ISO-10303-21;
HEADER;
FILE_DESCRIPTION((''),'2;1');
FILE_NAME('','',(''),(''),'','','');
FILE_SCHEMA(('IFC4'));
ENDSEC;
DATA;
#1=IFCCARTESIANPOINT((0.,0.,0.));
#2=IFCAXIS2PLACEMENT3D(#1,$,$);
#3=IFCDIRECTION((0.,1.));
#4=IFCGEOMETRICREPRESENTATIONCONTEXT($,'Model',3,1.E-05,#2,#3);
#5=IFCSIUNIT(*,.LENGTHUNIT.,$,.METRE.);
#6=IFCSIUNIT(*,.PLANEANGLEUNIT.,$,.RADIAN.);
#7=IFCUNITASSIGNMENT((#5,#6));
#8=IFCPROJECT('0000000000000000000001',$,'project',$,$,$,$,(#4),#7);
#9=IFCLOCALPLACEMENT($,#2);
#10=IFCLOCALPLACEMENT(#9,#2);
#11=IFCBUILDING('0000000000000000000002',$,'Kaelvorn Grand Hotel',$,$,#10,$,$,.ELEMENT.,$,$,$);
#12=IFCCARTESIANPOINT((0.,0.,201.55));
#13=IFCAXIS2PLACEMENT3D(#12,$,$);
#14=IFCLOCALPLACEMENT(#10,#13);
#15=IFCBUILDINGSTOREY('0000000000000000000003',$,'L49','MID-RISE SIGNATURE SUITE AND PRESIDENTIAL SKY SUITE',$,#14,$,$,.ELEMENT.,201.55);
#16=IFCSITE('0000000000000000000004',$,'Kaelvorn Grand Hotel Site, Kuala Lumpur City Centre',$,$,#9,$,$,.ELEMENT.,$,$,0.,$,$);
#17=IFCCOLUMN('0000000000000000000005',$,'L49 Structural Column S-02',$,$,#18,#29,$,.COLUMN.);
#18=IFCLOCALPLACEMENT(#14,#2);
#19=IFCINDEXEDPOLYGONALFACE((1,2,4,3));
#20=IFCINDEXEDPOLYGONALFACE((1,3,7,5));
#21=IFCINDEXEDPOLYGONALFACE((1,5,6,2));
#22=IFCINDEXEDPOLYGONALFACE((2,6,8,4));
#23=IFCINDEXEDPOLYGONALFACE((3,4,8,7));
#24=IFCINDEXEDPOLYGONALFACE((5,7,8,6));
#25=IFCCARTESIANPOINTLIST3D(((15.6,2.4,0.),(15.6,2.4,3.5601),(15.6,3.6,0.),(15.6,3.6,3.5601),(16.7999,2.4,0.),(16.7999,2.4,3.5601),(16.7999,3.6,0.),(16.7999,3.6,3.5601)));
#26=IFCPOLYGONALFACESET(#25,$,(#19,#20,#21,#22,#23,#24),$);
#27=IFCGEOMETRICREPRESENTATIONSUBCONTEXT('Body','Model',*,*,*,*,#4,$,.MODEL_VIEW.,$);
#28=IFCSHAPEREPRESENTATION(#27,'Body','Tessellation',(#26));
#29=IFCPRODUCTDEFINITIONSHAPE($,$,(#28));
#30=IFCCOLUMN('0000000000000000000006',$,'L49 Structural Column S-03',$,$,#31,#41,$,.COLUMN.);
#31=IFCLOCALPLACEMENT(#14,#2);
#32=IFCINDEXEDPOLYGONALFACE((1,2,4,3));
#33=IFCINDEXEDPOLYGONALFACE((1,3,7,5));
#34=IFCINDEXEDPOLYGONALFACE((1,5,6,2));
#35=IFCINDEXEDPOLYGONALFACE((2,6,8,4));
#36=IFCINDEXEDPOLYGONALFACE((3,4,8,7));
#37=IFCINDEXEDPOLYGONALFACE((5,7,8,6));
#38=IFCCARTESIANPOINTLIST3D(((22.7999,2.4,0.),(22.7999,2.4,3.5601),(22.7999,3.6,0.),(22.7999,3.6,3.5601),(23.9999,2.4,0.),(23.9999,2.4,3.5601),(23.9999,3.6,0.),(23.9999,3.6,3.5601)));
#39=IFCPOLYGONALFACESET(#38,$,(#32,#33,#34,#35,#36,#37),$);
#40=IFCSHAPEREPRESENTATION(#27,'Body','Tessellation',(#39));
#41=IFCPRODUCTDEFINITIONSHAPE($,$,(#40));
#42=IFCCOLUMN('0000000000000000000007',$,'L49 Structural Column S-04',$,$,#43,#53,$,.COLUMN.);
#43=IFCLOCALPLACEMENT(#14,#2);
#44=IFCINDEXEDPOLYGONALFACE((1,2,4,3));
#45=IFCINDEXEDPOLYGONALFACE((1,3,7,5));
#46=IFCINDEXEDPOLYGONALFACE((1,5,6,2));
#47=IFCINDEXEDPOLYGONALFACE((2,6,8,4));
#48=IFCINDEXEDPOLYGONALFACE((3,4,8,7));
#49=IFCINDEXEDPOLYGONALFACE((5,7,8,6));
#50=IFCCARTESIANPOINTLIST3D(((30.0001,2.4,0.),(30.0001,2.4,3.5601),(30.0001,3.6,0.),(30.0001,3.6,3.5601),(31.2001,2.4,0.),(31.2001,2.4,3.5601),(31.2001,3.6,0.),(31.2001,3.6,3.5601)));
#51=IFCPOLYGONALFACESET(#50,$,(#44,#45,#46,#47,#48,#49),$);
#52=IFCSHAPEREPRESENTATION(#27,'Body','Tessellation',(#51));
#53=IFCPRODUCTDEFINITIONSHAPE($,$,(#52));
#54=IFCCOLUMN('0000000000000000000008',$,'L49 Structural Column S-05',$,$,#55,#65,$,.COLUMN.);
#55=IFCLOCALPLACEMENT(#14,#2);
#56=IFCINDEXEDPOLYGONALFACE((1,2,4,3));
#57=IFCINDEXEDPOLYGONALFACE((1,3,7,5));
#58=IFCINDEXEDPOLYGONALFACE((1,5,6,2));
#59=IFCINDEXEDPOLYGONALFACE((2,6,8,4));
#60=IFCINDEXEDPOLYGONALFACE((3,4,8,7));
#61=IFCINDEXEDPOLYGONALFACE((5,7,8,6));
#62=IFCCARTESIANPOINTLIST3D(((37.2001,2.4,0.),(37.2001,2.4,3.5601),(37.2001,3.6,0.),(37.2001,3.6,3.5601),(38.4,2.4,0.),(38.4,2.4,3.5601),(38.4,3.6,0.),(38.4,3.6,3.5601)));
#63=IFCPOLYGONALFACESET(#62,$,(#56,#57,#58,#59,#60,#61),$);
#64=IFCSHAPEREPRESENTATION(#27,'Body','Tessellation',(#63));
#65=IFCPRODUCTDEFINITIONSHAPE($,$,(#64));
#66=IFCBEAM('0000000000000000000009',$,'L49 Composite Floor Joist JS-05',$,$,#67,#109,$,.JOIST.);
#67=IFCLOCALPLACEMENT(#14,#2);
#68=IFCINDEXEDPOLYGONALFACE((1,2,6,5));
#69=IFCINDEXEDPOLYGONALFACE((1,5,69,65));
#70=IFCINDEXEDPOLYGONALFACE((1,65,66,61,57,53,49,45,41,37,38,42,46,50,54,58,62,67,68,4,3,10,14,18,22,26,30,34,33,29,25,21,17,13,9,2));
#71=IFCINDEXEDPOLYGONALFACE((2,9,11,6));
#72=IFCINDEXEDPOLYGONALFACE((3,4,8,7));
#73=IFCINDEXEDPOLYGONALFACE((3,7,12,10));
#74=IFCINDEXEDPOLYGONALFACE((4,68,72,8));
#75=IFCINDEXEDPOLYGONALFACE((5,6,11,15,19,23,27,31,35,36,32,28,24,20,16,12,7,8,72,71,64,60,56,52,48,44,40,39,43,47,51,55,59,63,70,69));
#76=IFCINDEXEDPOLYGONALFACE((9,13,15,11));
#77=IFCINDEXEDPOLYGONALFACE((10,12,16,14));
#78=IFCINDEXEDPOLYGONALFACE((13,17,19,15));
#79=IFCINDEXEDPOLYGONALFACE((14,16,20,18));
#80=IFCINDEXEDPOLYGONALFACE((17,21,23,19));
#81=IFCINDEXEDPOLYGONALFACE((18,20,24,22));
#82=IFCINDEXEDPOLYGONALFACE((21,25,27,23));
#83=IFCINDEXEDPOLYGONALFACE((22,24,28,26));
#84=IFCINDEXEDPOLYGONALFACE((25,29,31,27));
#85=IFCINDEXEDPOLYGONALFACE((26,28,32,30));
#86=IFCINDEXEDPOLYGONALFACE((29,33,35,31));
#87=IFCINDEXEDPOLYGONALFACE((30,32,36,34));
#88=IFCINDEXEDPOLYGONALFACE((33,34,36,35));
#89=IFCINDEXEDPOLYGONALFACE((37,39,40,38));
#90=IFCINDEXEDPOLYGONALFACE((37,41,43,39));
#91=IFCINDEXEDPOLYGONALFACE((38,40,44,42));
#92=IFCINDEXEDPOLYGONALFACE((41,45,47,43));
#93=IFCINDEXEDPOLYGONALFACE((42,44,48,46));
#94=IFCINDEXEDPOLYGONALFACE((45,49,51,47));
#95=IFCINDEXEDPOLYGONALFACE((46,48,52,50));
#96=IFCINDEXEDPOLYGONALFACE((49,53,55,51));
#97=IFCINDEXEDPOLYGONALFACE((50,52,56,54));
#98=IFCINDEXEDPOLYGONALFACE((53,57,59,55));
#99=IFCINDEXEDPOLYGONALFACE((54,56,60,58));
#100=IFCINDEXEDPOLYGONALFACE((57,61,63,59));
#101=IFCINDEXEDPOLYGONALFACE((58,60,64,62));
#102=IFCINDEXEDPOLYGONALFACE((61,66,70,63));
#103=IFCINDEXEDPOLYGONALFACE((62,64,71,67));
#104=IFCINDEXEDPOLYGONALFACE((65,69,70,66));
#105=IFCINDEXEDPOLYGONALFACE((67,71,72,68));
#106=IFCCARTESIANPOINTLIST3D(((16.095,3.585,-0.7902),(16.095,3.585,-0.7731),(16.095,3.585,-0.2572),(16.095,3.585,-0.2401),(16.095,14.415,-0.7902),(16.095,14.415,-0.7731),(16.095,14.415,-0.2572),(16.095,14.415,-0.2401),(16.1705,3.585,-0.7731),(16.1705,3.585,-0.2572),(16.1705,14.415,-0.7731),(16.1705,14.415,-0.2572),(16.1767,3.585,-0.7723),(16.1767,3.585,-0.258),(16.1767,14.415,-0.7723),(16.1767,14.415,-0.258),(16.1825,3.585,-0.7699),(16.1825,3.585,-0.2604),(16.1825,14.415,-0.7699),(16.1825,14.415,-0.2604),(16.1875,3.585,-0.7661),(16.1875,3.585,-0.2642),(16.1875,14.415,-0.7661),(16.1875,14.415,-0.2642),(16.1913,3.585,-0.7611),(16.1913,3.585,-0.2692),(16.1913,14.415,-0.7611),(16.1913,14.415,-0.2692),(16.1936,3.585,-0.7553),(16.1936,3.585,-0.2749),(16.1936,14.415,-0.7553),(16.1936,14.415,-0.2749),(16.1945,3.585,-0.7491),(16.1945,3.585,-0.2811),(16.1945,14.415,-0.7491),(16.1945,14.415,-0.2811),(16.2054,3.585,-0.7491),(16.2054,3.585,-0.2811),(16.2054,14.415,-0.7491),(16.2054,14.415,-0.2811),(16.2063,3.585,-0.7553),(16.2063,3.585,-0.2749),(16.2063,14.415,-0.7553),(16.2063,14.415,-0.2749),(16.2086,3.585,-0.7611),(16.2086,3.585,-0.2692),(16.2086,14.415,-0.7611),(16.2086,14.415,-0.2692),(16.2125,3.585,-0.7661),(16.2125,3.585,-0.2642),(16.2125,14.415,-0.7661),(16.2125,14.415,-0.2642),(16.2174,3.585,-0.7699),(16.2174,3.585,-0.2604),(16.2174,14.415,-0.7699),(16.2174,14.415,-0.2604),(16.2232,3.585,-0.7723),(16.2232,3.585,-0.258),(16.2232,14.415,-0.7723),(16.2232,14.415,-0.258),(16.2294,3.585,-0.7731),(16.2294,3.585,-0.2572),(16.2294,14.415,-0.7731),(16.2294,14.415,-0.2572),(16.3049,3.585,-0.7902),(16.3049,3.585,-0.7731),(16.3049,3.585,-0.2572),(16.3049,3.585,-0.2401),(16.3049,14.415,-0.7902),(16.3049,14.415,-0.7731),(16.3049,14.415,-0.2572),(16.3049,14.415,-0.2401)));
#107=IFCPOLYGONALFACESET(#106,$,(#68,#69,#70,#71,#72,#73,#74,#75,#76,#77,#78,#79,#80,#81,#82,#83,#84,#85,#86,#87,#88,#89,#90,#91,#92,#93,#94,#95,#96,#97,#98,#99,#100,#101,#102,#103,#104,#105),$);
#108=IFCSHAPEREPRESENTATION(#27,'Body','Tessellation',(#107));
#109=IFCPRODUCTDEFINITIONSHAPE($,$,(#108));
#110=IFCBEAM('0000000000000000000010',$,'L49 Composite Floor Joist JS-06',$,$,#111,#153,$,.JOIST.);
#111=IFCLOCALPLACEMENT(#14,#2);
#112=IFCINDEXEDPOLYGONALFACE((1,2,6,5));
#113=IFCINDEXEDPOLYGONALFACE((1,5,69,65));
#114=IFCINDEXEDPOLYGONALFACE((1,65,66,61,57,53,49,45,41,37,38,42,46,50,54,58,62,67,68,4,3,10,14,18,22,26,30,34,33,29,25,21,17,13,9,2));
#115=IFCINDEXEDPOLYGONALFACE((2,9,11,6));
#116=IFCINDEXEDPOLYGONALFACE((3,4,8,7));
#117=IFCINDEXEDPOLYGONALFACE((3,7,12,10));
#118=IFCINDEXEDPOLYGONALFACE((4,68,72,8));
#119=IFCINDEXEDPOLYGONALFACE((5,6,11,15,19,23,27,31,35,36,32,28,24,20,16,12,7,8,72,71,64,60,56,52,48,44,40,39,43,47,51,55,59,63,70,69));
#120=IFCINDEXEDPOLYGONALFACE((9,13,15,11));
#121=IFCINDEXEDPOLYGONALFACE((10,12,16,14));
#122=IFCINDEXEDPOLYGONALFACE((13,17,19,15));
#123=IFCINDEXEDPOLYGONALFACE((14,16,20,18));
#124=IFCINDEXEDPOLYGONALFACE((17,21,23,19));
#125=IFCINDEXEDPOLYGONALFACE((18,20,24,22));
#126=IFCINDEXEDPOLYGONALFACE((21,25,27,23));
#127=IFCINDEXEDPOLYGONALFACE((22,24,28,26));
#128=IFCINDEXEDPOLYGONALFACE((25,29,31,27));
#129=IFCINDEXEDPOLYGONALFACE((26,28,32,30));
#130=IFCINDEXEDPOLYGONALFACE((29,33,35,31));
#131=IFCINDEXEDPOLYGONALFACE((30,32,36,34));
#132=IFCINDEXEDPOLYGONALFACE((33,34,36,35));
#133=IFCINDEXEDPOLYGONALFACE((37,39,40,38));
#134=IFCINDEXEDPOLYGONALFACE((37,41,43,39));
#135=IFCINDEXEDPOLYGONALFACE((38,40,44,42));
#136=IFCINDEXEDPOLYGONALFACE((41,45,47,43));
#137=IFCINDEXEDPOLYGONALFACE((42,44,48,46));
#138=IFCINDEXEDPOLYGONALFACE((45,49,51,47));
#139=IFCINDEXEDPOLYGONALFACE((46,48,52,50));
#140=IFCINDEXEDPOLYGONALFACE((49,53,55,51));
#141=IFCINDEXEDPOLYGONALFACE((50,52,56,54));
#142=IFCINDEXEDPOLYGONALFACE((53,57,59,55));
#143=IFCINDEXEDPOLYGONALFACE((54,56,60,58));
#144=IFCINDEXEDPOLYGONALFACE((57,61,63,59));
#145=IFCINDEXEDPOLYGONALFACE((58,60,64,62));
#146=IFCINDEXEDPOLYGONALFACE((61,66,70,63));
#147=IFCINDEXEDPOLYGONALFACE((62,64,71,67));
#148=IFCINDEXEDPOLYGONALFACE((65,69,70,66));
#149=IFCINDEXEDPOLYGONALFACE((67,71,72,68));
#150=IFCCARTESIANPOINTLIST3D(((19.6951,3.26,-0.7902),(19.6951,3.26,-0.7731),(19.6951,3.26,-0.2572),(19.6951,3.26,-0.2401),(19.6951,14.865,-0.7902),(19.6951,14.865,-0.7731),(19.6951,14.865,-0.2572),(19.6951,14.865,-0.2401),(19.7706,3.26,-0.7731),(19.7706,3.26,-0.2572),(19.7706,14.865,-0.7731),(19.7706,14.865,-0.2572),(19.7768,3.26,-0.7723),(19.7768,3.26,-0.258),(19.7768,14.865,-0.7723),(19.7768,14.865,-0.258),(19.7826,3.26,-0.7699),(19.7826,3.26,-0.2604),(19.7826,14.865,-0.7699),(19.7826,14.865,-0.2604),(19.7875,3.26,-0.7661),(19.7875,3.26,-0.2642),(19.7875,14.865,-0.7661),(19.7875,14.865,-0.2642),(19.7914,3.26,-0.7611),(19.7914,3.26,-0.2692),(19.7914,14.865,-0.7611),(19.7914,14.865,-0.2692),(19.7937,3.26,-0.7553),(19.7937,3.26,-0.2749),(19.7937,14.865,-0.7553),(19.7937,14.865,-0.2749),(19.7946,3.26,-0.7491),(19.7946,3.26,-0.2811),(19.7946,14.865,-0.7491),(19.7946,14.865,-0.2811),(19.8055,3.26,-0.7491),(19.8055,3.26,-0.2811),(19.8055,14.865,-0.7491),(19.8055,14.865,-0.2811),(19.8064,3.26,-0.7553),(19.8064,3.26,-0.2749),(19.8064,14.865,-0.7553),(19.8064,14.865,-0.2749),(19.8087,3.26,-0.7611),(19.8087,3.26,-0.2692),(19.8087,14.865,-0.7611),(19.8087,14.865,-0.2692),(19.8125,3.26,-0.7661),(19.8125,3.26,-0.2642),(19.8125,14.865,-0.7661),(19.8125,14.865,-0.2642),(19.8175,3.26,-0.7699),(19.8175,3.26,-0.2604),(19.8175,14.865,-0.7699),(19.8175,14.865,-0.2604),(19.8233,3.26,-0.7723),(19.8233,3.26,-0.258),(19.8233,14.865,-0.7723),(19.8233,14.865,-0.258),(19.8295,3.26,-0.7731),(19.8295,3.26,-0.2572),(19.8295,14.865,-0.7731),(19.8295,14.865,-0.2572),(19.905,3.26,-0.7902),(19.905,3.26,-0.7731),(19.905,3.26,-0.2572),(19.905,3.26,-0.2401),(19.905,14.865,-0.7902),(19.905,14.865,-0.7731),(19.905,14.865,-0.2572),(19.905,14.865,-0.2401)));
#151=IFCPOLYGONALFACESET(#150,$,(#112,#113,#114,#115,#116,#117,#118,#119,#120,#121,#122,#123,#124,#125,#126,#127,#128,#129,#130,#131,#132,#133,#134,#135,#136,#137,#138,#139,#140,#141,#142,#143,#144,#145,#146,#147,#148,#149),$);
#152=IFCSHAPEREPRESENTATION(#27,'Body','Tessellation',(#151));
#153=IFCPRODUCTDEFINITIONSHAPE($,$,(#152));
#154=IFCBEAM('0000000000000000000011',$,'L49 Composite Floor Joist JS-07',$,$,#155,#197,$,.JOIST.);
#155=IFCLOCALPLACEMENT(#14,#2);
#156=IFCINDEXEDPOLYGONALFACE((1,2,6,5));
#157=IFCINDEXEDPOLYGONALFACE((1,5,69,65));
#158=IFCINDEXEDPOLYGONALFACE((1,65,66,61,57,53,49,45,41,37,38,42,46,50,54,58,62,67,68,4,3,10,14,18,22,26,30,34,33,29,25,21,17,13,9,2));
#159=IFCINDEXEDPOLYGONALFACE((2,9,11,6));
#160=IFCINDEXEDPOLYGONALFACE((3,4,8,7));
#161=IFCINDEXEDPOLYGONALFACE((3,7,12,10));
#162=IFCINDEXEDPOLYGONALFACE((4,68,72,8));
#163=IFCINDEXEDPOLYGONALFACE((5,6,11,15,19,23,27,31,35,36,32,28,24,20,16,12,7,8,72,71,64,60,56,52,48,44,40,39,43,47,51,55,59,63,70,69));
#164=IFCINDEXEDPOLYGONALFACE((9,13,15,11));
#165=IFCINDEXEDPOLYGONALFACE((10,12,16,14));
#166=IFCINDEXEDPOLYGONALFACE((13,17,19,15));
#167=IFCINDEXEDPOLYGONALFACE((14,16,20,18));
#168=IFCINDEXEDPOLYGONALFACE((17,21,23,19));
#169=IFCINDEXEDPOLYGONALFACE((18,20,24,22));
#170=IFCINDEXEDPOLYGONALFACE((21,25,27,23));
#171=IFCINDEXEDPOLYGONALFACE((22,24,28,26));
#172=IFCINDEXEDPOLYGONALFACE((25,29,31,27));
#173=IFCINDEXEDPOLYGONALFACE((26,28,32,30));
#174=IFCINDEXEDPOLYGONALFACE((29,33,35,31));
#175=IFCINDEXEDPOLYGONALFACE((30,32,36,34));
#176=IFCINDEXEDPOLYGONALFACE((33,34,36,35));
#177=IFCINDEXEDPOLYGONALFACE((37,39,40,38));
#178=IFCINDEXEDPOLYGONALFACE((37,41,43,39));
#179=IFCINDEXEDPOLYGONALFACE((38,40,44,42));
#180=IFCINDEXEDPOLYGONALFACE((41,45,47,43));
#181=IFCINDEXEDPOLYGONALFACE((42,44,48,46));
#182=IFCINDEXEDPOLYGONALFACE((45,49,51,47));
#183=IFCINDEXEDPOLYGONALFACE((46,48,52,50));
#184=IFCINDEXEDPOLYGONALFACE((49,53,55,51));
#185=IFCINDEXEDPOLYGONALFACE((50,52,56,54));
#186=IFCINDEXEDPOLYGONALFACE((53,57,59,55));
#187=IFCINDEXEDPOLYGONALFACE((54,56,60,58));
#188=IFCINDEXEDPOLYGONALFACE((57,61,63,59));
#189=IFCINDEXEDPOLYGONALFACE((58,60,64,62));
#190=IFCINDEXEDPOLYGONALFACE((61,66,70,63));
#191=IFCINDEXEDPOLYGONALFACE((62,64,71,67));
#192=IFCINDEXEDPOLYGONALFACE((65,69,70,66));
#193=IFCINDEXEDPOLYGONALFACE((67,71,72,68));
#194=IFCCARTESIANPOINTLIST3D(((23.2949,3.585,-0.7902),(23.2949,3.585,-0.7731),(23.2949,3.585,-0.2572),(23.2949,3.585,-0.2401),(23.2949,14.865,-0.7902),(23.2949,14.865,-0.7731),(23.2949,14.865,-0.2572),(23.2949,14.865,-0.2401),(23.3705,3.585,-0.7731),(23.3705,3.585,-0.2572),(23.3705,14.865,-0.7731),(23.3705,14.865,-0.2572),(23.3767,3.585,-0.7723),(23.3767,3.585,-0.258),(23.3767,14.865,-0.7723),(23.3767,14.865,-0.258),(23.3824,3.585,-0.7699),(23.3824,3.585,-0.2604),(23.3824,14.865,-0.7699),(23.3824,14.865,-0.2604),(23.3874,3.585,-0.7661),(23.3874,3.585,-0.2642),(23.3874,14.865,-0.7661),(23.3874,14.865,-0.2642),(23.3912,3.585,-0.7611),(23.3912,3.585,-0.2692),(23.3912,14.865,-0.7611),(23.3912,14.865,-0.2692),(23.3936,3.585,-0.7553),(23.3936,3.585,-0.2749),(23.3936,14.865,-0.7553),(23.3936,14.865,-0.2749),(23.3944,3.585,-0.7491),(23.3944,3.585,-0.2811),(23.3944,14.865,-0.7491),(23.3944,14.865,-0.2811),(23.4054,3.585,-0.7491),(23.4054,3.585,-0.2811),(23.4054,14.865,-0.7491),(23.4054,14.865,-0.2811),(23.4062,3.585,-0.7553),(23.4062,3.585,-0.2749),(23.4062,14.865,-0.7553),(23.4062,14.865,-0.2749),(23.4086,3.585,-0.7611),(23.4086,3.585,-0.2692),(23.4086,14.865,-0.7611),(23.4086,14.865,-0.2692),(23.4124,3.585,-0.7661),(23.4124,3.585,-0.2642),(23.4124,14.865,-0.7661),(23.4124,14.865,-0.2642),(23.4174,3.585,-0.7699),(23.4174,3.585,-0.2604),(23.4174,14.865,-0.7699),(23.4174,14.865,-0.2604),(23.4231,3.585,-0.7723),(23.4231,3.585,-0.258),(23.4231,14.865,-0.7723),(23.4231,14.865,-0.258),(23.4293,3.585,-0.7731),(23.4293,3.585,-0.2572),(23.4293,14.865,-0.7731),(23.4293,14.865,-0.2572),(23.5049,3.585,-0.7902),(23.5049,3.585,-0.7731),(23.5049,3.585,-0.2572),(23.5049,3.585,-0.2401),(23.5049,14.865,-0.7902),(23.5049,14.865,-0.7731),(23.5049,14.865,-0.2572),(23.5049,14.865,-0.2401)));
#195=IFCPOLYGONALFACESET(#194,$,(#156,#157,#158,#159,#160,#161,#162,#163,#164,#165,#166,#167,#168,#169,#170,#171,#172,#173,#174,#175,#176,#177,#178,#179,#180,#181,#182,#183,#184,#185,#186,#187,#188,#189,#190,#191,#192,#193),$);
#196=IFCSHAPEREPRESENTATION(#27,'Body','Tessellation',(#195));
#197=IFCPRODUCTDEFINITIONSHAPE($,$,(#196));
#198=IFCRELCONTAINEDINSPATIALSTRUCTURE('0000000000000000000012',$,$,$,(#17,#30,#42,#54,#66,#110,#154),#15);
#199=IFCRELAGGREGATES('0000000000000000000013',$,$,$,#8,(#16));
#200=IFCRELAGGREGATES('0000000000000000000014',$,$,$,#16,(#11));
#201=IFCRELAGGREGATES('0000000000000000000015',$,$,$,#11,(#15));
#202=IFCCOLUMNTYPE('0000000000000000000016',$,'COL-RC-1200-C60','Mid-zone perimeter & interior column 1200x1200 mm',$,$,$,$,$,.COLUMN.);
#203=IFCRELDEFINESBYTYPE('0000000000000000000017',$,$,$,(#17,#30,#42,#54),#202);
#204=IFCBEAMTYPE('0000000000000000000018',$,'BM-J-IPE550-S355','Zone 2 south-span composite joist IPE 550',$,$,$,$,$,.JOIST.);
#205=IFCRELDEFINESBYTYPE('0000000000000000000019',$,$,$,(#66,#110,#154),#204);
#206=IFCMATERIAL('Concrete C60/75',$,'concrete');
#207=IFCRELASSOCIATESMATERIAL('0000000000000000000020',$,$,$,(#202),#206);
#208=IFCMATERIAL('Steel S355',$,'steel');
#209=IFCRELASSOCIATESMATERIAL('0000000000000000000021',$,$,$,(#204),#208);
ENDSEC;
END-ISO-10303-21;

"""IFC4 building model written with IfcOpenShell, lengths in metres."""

from ifc_helpers import new_model, si_unit, direction, frame, origin, origin_2d, place, context, subcontext, project, spatial, rectangle, i_section, extrude, material, material_profile, profile_set, type_object, element, save


model = new_model("IFC4")

# Units and contexts
model_context = context("Model", 3, precision=1e-05, world=origin(), true_north=direction((0.0, 1.0)))
body_context = subcontext(model_context, "Body", "Model", "MODEL_VIEW")
ifc_project = project(units=[si_unit("LENGTHUNIT", "METRE"), si_unit("PLANEANGLEUNIT", "RADIAN")], contexts=[model_context])

# Site, building, storey
site_placement = place(None, origin())
site = spatial("IfcSite", under=ifc_project, at=site_placement, Name="Kaelvorn Grand Hotel Site, Kuala Lumpur City Centre", CompositionType="ELEMENT", RefElevation=0.0)
building_placement = place(site_placement, origin())
building = spatial("IfcBuilding", under=site, at=building_placement, Name="Kaelvorn Grand Hotel", CompositionType="ELEMENT")
storey_placement = place(building_placement, frame((0.0, 0.0, 201.55)))
storey = spatial("IfcBuildingStorey", under=building, at=storey_placement, Name="L49", Description="MID-RISE SIGNATURE SUITE AND PRESIDENTIAL SKY SUITE", CompositionType="ELEMENT", Elevation=201.55)

# Columns
ifc_material_1 = material(Name="Concrete C60/75", Category="concrete")
ifc_material_profile_1 = material_profile(ifc_material_1, rectangle(XDim=1.2, YDim=1.2, at=origin_2d()), Name="RC COL 1200x1200")
ifc_profile_set_1 = profile_set([ifc_material_profile_1], Name="Concrete C60/75")
column_type = type_object("IfcColumnType", Name="COL-RC-1200-C60", Description="Mid-zone perimeter & interior column 1200x1200 mm", PredefinedType="COLUMN", material=ifc_profile_set_1)
for number, where, z_axis, x_axis, name in (
    (1, (16.2, 3.0, 0.0), (0.0, 0.0, 1.0), (1.0, 0.0, 0.0), "L49 Structural Column S-02"),
    (2, (23.3999, 3.0, 0.0), (0.0, 0.0, 1.0), (1.0, 0.0, 0.0), "L49 Structural Column S-03"),
    (3, (30.6001, 3.0, 0.0), (0.0, 0.0, 1.0), (1.0, 0.0, 0.0), "L49 Structural Column S-04"),
    (4, (37.8, 3.0, 0.0), (0.0, 0.0, 1.0), (1.0, 0.0, 0.0), "L49 Structural Column S-05"),
):
    element("IfcColumn", number, at=place(storey_placement, frame(where, z_axis=z_axis, x_axis=x_axis)), inside=storey, type_object=column_type, Name=name, PredefinedType="COLUMN", context=body_context, shape_type="SweptSolid", body=[
        extrude(rectangle(XDim=1.2, YDim=1.2, at=origin_2d()), origin(), (0.0, 0.0, 1.0), 3.5601),
    ])

# Beams
ifc_material_2 = material(Name="Steel S355", Category="steel")
ifc_material_profile_2 = material_profile(ifc_material_2, i_section(OverallWidth=0.21, OverallDepth=0.55, WebThickness=0.011, FlangeThickness=0.0171, FilletRadius=0.0239, at=origin_2d()), Name="IPE 550")
ifc_profile_set_2 = profile_set([ifc_material_profile_2], Name="Steel S355")
beam_type_1 = type_object("IfcBeamType", Name="BM-J-IPE550-S355", Description="Zone 2 south-span composite joist IPE 550", PredefinedType="JOIST", material=ifc_profile_set_2)
beam_1_placement = place(storey_placement, frame((16.2, 3.585, -0.5151), z_axis=(0.0, 1.0, 0.0), x_axis=(-1.0, 0.0, 0.0)))
element("IfcBeam", 5, at=beam_1_placement, inside=storey, type_object=beam_type_1, Name="L49 Composite Floor Joist JS-05", PredefinedType="JOIST", context=body_context, shape_type="SweptSolid", body=[
    extrude(i_section(OverallWidth=0.21, OverallDepth=0.55, WebThickness=0.011, FlangeThickness=0.0171, FilletRadius=0.0239, at=origin_2d()), origin(), (0.0, 0.0, 1.0), 10.8301),
])
beam_2_placement = place(storey_placement, frame((19.8, 3.26, -0.5151), z_axis=(0.0, 1.0, 0.0), x_axis=(-1.0, 0.0, 0.0)))
element("IfcBeam", 6, at=beam_2_placement, inside=storey, type_object=beam_type_1, Name="L49 Composite Floor Joist JS-06", PredefinedType="JOIST", context=body_context, shape_type="SweptSolid", body=[
    extrude(i_section(OverallWidth=0.21, OverallDepth=0.55, WebThickness=0.011, FlangeThickness=0.0171, FilletRadius=0.0239, at=origin_2d()), origin(), (0.0, 0.0, 1.0), 11.605),
])
beam_3_placement = place(storey_placement, frame((23.3999, 3.585, -0.5151), z_axis=(0.0, 1.0, 0.0), x_axis=(-1.0, 0.0, 0.0)))
element("IfcBeam", 7, at=beam_3_placement, inside=storey, type_object=beam_type_1, Name="L49 Composite Floor Joist JS-07", PredefinedType="JOIST", context=body_context, shape_type="SweptSolid", body=[
    extrude(i_section(OverallWidth=0.21, OverallDepth=0.55, WebThickness=0.011, FlangeThickness=0.0171, FilletRadius=0.0239, at=origin_2d()), origin(), (0.0, 0.0, 1.0), 11.28),
])

save(model, "model.ifc")
